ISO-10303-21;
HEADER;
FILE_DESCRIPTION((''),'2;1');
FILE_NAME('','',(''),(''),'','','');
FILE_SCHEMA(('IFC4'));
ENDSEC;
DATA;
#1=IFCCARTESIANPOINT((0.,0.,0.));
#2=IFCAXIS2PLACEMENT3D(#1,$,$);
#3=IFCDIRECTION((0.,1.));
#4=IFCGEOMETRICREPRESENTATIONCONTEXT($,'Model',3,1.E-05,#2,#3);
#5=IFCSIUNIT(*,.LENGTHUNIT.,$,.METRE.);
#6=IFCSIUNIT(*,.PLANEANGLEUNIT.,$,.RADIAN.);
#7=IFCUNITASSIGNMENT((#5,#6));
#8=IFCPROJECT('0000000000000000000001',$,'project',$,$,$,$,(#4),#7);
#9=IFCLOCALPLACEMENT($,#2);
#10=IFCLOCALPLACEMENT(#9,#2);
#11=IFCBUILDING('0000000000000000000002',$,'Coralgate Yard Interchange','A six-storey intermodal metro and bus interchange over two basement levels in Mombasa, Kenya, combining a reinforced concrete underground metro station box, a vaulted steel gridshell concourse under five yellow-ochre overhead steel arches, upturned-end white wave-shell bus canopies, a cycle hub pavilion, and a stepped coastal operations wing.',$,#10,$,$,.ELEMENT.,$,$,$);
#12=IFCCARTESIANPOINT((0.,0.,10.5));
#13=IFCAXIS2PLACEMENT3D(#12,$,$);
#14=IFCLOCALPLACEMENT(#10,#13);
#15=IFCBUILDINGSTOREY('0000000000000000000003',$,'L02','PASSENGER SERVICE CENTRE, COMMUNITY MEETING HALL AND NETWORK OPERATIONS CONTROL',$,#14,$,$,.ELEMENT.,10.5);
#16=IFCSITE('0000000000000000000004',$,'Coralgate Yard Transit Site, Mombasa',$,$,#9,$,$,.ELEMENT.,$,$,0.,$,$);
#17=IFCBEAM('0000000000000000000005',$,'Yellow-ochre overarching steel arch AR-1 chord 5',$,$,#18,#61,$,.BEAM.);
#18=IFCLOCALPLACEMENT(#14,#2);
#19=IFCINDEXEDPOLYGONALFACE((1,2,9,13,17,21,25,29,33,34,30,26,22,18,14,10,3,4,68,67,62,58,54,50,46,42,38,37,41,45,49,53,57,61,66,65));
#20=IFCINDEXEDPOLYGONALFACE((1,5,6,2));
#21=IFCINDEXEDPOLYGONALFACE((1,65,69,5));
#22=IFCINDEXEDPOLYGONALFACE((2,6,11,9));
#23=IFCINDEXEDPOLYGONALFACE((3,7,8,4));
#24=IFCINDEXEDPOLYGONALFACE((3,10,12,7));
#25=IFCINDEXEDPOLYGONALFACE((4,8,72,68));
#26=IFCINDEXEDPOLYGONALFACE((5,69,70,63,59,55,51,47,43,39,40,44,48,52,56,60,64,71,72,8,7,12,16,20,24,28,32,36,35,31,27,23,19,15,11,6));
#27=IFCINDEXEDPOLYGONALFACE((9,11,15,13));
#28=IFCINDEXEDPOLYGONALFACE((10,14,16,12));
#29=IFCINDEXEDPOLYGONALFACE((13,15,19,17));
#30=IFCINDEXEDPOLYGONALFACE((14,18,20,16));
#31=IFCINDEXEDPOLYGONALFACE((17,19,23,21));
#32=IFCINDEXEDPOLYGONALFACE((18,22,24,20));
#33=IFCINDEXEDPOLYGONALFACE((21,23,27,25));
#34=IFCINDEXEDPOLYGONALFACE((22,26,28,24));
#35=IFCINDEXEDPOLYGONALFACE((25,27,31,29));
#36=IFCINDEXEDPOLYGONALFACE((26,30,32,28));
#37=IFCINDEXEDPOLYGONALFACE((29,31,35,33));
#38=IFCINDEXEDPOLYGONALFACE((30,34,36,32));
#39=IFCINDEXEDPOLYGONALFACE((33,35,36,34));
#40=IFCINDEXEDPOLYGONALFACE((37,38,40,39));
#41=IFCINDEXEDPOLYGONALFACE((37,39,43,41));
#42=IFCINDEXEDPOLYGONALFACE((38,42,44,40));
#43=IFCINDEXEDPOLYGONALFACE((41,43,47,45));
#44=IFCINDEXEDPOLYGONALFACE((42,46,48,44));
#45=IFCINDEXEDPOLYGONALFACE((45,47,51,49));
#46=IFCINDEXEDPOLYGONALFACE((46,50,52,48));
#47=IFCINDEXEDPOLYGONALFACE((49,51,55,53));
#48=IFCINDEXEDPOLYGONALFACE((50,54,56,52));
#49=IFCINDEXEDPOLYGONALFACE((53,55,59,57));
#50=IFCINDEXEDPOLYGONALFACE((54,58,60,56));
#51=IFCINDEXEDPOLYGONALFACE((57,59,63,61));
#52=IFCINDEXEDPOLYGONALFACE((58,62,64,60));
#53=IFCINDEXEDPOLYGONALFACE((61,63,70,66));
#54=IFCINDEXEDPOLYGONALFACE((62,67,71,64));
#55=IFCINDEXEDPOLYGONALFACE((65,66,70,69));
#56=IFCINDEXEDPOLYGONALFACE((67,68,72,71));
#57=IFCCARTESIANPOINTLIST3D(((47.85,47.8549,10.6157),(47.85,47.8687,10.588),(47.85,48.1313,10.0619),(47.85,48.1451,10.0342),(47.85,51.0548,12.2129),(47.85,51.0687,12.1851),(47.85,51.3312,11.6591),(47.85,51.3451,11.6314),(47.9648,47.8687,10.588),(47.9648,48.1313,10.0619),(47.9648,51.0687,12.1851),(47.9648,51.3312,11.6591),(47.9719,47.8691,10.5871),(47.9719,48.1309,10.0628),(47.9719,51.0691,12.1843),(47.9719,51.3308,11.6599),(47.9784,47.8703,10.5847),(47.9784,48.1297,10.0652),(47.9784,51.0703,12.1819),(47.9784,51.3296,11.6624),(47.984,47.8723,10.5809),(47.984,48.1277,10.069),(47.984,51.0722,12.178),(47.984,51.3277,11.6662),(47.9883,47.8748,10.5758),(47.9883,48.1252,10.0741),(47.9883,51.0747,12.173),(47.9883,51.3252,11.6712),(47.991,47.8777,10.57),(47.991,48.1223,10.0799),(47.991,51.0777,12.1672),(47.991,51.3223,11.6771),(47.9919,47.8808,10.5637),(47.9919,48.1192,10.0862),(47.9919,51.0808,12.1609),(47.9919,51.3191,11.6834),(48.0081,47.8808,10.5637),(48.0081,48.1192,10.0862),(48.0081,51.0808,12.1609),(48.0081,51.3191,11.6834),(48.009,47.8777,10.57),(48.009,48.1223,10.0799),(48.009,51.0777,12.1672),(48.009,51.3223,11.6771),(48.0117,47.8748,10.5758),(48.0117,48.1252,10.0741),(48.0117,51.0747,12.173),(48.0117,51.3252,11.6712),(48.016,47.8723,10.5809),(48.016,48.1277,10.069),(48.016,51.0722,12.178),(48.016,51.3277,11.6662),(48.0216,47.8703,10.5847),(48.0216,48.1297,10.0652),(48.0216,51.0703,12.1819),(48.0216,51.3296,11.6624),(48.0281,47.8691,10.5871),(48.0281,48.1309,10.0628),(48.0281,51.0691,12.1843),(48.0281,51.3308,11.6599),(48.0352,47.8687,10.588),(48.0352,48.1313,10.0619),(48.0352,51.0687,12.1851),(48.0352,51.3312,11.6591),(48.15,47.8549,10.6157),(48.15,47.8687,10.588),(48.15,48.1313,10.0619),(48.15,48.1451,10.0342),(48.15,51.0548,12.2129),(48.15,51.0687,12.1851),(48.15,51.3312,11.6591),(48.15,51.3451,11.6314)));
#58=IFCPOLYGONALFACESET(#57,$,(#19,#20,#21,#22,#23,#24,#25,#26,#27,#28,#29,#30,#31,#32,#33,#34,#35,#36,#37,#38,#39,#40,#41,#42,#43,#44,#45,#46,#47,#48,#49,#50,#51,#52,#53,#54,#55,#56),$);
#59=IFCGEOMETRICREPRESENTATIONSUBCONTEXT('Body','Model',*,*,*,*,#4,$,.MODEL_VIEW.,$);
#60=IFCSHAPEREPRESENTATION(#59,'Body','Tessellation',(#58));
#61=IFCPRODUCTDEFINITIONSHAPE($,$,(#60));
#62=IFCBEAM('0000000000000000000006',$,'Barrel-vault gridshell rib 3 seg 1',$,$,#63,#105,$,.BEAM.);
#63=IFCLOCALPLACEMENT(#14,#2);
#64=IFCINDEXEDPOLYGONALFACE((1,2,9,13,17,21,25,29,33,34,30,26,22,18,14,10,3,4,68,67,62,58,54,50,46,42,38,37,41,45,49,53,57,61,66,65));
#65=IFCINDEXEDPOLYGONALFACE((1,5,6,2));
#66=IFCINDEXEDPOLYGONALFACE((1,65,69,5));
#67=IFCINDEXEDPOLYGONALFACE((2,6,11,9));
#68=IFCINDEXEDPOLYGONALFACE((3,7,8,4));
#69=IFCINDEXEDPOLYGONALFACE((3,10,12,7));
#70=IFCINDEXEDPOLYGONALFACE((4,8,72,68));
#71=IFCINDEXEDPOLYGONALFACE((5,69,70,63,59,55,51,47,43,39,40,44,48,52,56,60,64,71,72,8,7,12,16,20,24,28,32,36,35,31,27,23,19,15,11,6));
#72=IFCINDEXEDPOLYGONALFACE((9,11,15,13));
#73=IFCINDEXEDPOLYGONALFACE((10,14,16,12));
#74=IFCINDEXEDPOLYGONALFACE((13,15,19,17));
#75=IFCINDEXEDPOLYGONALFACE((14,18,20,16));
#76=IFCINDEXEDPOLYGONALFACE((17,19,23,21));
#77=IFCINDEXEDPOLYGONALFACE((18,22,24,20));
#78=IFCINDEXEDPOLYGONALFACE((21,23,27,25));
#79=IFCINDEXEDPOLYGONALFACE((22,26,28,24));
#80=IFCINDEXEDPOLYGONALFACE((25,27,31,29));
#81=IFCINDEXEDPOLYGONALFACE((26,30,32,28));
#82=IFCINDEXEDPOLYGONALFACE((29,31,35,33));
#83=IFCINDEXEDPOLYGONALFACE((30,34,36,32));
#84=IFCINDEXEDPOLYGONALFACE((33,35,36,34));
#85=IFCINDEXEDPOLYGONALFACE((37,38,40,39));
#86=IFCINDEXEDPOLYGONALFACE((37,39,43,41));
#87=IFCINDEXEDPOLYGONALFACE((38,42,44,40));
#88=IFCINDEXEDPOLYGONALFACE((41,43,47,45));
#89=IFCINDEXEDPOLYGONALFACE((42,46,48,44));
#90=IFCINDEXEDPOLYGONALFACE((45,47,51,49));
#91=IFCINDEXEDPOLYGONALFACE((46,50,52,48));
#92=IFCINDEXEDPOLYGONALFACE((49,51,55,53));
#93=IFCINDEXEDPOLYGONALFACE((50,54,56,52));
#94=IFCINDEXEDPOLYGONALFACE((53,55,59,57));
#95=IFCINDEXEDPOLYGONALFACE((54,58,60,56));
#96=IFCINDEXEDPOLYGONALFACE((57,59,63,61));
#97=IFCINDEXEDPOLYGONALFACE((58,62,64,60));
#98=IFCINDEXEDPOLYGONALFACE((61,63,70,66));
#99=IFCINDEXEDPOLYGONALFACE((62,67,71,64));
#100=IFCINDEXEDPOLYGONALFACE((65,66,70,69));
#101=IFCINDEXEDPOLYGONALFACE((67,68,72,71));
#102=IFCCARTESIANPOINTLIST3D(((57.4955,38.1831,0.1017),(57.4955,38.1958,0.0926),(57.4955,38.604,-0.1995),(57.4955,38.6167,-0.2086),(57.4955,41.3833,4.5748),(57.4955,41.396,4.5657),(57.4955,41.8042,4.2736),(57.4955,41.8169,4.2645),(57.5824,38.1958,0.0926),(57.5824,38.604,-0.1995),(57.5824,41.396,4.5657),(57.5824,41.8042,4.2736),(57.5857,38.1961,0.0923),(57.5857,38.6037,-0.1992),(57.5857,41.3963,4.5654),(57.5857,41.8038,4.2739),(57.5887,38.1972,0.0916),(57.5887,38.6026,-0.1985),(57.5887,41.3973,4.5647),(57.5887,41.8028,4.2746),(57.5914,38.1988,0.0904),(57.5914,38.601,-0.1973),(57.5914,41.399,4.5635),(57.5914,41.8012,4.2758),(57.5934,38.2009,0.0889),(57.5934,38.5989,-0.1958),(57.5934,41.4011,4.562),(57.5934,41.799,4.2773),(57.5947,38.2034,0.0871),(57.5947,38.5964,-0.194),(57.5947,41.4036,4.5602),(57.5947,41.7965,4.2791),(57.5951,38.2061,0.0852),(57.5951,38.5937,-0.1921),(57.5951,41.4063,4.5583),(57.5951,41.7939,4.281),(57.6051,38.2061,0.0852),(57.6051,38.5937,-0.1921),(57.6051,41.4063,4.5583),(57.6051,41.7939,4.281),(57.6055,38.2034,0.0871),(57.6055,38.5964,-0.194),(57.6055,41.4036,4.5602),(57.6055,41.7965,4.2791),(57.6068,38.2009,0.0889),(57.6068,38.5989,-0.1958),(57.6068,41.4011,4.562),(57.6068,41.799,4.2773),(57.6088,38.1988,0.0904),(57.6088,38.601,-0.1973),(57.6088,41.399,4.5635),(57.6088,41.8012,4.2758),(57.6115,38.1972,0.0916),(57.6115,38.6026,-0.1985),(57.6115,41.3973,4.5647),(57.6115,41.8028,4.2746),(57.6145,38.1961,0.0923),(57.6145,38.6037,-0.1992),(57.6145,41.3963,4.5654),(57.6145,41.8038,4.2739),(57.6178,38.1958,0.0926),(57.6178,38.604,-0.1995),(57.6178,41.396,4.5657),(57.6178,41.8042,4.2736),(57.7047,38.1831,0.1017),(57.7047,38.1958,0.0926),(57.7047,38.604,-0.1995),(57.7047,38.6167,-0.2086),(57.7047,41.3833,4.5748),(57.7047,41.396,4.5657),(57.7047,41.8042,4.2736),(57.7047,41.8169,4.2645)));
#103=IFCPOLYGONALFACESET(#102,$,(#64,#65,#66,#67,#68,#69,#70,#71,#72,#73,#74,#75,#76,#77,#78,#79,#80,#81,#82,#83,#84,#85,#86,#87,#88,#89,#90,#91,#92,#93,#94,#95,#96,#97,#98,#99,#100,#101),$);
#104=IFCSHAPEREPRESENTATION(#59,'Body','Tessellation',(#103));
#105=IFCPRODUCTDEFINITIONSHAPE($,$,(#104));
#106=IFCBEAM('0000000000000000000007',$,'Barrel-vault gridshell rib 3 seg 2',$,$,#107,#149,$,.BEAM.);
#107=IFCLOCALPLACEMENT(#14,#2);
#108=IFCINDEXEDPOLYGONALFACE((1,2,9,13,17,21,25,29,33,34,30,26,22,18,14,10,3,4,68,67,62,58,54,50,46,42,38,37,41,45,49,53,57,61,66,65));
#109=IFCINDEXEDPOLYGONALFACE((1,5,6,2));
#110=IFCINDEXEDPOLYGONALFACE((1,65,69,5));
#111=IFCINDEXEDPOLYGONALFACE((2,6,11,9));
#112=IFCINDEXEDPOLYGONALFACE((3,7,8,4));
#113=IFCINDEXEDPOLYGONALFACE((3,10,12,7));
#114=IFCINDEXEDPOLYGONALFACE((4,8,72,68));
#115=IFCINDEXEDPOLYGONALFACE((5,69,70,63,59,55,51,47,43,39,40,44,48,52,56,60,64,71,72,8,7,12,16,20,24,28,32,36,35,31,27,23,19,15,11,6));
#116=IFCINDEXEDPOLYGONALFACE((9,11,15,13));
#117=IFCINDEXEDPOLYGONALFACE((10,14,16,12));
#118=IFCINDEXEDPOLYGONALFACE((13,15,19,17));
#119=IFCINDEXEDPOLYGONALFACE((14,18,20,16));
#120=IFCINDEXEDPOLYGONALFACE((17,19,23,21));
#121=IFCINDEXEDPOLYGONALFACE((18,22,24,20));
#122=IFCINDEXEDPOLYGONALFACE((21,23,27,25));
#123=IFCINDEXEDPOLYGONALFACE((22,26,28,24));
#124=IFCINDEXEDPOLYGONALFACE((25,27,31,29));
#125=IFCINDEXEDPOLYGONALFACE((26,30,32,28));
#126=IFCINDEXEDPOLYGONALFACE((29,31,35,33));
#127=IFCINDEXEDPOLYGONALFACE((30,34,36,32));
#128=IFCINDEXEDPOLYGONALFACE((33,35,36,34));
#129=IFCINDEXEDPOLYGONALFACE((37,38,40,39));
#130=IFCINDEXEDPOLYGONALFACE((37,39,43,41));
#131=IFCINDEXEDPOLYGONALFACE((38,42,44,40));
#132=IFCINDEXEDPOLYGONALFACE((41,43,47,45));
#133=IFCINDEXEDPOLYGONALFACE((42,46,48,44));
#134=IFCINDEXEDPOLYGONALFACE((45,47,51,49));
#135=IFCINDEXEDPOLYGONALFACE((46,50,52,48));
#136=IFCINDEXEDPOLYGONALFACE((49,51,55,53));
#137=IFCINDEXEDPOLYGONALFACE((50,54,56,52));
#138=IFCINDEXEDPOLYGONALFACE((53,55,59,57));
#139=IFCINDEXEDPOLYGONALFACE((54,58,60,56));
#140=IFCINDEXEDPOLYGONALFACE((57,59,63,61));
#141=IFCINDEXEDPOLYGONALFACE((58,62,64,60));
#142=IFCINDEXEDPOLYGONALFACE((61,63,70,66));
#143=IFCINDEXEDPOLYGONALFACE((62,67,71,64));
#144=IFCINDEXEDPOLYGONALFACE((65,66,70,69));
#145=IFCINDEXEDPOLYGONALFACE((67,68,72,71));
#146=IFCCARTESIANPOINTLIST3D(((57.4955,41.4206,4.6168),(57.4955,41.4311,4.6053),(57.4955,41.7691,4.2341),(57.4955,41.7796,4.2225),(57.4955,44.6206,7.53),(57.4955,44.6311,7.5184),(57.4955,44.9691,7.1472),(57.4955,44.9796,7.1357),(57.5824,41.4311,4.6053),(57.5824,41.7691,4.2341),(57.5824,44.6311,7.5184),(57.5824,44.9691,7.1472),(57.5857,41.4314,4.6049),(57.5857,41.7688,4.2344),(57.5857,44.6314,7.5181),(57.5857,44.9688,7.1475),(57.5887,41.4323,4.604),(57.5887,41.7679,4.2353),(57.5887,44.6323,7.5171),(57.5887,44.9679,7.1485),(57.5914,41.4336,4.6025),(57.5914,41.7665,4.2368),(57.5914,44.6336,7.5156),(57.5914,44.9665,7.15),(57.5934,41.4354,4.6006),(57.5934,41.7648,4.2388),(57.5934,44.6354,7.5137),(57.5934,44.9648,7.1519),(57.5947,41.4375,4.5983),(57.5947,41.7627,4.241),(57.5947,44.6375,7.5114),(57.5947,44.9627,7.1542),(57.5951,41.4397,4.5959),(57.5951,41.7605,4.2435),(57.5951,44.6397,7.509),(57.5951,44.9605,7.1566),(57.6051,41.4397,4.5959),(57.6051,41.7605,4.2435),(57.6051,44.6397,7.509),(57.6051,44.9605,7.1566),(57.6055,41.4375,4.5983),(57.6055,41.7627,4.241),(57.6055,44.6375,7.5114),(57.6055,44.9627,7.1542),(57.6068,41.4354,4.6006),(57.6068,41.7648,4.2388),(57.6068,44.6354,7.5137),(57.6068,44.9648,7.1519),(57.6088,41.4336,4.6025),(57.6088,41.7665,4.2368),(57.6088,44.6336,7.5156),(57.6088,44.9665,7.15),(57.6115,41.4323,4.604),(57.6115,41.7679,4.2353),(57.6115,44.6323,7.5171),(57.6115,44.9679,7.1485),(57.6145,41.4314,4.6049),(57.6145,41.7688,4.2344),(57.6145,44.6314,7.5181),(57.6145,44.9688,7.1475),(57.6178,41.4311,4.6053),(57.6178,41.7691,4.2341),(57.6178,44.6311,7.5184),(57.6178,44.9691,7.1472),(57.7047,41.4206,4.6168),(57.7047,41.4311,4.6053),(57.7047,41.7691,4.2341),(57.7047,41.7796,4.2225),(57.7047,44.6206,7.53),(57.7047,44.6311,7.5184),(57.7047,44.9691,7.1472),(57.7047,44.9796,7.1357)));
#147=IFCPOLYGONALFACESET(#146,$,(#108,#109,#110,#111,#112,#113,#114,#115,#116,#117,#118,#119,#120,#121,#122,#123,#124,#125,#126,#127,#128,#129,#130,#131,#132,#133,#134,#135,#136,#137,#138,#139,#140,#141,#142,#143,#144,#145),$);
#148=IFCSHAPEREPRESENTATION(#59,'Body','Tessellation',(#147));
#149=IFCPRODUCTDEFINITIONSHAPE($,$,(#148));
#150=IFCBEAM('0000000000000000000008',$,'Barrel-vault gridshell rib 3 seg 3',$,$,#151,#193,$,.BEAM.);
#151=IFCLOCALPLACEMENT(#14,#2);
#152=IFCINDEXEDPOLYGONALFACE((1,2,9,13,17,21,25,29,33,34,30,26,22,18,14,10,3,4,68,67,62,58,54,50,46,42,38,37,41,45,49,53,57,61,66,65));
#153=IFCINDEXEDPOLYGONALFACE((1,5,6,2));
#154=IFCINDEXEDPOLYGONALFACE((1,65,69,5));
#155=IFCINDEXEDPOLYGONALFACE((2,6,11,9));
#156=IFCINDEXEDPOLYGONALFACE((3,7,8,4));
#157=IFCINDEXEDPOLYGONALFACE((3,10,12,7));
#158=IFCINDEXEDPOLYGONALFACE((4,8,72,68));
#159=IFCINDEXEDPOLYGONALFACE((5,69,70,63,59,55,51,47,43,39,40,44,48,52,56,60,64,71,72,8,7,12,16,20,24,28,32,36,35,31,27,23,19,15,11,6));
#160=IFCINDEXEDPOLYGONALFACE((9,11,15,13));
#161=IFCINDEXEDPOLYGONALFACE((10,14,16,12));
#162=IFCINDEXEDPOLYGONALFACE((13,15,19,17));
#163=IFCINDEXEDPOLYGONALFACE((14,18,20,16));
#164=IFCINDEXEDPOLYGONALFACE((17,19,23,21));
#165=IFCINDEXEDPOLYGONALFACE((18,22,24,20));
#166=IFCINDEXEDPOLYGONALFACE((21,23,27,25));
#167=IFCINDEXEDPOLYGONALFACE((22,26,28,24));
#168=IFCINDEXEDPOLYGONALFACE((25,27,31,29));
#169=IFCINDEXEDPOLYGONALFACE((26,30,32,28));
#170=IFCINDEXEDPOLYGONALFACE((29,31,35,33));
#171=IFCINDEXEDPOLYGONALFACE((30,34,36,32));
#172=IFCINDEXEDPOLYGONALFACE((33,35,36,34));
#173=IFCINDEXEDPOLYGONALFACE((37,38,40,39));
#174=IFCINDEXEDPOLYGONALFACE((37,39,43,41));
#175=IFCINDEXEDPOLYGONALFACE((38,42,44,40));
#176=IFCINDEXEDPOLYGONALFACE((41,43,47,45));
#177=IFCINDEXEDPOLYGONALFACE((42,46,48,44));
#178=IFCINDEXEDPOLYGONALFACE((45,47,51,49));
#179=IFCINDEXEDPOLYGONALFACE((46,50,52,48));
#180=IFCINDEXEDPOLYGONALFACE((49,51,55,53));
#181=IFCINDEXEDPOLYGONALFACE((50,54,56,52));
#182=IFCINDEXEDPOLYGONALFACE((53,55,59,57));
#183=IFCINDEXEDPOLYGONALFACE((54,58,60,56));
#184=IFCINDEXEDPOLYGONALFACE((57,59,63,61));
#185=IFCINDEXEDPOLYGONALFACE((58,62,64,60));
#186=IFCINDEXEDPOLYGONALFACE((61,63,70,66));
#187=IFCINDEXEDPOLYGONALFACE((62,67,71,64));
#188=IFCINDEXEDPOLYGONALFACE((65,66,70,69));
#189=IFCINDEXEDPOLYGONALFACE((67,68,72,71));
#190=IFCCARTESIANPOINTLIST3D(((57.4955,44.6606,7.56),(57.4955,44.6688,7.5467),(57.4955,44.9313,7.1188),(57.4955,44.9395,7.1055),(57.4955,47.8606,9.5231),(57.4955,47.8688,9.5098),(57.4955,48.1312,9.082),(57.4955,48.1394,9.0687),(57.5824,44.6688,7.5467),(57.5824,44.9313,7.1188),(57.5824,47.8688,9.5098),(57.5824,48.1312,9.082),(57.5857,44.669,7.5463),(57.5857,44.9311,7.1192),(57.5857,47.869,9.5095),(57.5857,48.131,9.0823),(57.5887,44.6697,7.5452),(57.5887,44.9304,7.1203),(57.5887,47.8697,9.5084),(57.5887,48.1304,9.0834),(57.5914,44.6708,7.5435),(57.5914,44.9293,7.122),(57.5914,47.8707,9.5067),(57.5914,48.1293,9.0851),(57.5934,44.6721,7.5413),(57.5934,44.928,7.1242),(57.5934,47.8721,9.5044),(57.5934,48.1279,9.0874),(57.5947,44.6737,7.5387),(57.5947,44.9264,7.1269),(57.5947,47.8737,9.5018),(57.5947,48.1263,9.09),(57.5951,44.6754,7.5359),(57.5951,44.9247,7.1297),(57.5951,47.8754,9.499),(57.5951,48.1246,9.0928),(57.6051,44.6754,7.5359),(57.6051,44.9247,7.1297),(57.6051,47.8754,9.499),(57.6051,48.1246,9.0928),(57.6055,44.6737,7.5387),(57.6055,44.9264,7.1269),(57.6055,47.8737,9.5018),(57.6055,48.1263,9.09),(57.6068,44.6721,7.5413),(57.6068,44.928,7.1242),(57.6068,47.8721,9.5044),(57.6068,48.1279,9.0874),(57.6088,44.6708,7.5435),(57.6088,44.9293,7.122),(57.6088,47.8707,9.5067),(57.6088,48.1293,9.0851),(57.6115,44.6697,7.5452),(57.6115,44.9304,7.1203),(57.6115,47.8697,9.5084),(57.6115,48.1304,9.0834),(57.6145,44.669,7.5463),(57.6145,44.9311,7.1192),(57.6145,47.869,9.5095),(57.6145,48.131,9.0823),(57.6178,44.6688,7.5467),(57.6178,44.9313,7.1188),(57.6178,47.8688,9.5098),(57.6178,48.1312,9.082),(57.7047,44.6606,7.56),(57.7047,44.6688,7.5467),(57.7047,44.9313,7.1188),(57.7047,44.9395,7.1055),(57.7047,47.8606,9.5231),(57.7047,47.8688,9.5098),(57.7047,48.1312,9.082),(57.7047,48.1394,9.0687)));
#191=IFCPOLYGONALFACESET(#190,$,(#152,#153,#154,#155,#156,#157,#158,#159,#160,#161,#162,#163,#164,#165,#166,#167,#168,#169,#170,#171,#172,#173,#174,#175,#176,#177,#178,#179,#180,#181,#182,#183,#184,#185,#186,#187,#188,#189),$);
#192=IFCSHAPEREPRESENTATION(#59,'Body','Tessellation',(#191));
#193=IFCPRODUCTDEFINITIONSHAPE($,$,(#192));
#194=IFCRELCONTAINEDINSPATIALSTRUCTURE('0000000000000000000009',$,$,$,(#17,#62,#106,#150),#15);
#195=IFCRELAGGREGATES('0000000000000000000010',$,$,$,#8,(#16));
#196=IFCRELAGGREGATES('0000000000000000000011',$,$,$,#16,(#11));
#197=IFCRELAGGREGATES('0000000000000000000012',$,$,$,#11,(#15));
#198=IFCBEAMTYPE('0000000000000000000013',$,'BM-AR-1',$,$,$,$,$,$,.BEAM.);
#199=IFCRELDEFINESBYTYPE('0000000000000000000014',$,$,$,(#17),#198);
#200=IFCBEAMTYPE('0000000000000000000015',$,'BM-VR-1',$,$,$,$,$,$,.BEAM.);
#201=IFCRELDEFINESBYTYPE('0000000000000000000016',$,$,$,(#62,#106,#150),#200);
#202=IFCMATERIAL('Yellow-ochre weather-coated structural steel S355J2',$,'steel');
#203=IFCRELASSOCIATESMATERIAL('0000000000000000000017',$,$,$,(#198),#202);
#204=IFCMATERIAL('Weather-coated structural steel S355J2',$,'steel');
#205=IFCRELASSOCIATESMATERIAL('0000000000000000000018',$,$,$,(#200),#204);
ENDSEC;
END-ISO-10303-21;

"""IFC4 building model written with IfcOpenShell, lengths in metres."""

from ifc_helpers import new_model, si_unit, direction, frame, origin, origin_2d, place, context, subcontext, project, spatial, i_section, extrude, material, material_profile, profile_set, type_object, element, save


model = new_model("IFC4")

# Units and contexts
model_context = context("Model", 3, precision=1e-05, world=origin(), true_north=direction((0.0, 1.0)))
body_context = subcontext(model_context, "Body", "Model", "MODEL_VIEW")
ifc_project = project(units=[si_unit("LENGTHUNIT", "METRE"), si_unit("PLANEANGLEUNIT", "RADIAN")], contexts=[model_context])

# Site, building, storey
site_placement = place(None, origin())
site = spatial("IfcSite", under=ifc_project, at=site_placement, Name="Coralgate Yard Transit Site, Mombasa", CompositionType="ELEMENT", RefElevation=0.0)
building_placement = place(site_placement, origin())
building = spatial("IfcBuilding", under=site, at=building_placement, Name="Coralgate Yard Interchange", Description="A six-storey intermodal metro and bus interchange over two basement levels in Mombasa, Kenya, combining a reinforced concrete underground metro station box, a vaulted steel gridshell concourse under five yellow-ochre overhead steel arches, upturned-end white wave-shell bus canopies, a cycle hub pavilion, and a stepped coastal operations wing.", CompositionType="ELEMENT")
storey_placement = place(building_placement, frame((0.0, 0.0, 10.5)))
storey = spatial("IfcBuildingStorey", under=building, at=storey_placement, Name="L02", Description="PASSENGER SERVICE CENTRE, COMMUNITY MEETING HALL AND NETWORK OPERATIONS CONTROL", CompositionType="ELEMENT", Elevation=10.5)

# Beams
ifc_material_1 = material(Name="Yellow-ochre weather-coated structural steel S355J2", Category="steel")
ifc_material_profile_1 = material_profile(ifc_material_1, i_section(OverallWidth=0.3, OverallDepth=0.6499, WebThickness=0.0161, FlangeThickness=0.031, FilletRadius=0.0271, at=origin_2d()), Name="HEB 650")
ifc_profile_set_1 = profile_set([ifc_material_profile_1], Name="Yellow-ochre weather-coated structural steel S355J2")
beam_type_1 = type_object("IfcBeamType", Name="BM-AR-1", PredefinedType="BEAM", material=ifc_profile_set_1)
beam_1_placement = place(storey_placement, frame((48.0, 48.0, 10.325), z_axis=(0.0, 0.894741, 0.446585), x_axis=(-1.0, 0.0, 0.0)))
element("IfcBeam", 1, at=beam_1_placement, inside=storey, type_object=beam_type_1, Name="Yellow-ochre overarching steel arch AR-1 chord 5", PredefinedType="BEAM", context=body_context, shape_type="SweptSolid", body=[
    extrude(i_section(OverallWidth=0.3, OverallDepth=0.6499, WebThickness=0.0161, FlangeThickness=0.031, FilletRadius=0.0271, at=origin_2d()), origin(), (0.0, 0.0, 1.0), 3.5764),
])
ifc_material_2 = material(Name="Weather-coated structural steel S355J2", Category="steel")
ifc_material_profile_2 = material_profile(ifc_material_2, i_section(OverallWidth=0.2092, OverallDepth=0.5332, WebThickness=0.01, FlangeThickness=0.0156, FilletRadius=0.0127, at=origin_2d()), Name="UB 533x210x92")
ifc_profile_set_2 = profile_set([ifc_material_profile_2], Name="Weather-coated structural steel S355J2")
beam_type_2 = type_object("IfcBeamType", Name="BM-VR-1", PredefinedType="BEAM", material=ifc_profile_set_2)
beam_2_placement = place(storey_placement, frame((57.6001, 38.3999, -0.0535), z_axis=(0.0, 0.581851, 0.813295), x_axis=(-1.0, 0.0, 0.0)))
element("IfcBeam", 2, at=beam_2_placement, inside=storey, type_object=beam_type_2, Name="Barrel-vault gridshell rib 3 seg 1", PredefinedType="BEAM", context=body_context, shape_type="SweptSolid", body=[
    extrude(i_section(OverallWidth=0.2092, OverallDepth=0.5332, WebThickness=0.01, FlangeThickness=0.0156, FilletRadius=0.0127, at=origin_2d()), origin(), (0.0, 0.0, 1.0), 5.5),
])
beam_3_placement = place(storey_placement, frame((57.6001, 41.6001, 4.4197), z_axis=(0.0, 0.739475, 0.673184), x_axis=(-1.0, 0.0, 0.0)))
element("IfcBeam", 3, at=beam_3_placement, inside=storey, type_object=beam_type_2, Name="Barrel-vault gridshell rib 3 seg 2", PredefinedType="BEAM", context=body_context, shape_type="SweptSolid", body=[
    extrude(i_section(OverallWidth=0.2092, OverallDepth=0.5332, WebThickness=0.01, FlangeThickness=0.0156, FilletRadius=0.0127, at=origin_2d()), origin(), (0.0, 0.0, 1.0), 4.3274),
])
beam_4_placement = place(storey_placement, frame((57.6001, 44.8, 7.3328), z_axis=(0.0, 0.852379, 0.522925), x_axis=(-1.0, 0.0, 0.0)))
element("IfcBeam", 4, at=beam_4_placement, inside=storey, type_object=beam_type_2, Name="Barrel-vault gridshell rib 3 seg 3", PredefinedType="BEAM", context=body_context, shape_type="SweptSolid", body=[
    extrude(i_section(OverallWidth=0.2092, OverallDepth=0.5332, WebThickness=0.01, FlangeThickness=0.0156, FilletRadius=0.0127, at=origin_2d()), origin(), (0.0, 0.0, 1.0), 3.7542),
])

save(model, "model.ifc")
